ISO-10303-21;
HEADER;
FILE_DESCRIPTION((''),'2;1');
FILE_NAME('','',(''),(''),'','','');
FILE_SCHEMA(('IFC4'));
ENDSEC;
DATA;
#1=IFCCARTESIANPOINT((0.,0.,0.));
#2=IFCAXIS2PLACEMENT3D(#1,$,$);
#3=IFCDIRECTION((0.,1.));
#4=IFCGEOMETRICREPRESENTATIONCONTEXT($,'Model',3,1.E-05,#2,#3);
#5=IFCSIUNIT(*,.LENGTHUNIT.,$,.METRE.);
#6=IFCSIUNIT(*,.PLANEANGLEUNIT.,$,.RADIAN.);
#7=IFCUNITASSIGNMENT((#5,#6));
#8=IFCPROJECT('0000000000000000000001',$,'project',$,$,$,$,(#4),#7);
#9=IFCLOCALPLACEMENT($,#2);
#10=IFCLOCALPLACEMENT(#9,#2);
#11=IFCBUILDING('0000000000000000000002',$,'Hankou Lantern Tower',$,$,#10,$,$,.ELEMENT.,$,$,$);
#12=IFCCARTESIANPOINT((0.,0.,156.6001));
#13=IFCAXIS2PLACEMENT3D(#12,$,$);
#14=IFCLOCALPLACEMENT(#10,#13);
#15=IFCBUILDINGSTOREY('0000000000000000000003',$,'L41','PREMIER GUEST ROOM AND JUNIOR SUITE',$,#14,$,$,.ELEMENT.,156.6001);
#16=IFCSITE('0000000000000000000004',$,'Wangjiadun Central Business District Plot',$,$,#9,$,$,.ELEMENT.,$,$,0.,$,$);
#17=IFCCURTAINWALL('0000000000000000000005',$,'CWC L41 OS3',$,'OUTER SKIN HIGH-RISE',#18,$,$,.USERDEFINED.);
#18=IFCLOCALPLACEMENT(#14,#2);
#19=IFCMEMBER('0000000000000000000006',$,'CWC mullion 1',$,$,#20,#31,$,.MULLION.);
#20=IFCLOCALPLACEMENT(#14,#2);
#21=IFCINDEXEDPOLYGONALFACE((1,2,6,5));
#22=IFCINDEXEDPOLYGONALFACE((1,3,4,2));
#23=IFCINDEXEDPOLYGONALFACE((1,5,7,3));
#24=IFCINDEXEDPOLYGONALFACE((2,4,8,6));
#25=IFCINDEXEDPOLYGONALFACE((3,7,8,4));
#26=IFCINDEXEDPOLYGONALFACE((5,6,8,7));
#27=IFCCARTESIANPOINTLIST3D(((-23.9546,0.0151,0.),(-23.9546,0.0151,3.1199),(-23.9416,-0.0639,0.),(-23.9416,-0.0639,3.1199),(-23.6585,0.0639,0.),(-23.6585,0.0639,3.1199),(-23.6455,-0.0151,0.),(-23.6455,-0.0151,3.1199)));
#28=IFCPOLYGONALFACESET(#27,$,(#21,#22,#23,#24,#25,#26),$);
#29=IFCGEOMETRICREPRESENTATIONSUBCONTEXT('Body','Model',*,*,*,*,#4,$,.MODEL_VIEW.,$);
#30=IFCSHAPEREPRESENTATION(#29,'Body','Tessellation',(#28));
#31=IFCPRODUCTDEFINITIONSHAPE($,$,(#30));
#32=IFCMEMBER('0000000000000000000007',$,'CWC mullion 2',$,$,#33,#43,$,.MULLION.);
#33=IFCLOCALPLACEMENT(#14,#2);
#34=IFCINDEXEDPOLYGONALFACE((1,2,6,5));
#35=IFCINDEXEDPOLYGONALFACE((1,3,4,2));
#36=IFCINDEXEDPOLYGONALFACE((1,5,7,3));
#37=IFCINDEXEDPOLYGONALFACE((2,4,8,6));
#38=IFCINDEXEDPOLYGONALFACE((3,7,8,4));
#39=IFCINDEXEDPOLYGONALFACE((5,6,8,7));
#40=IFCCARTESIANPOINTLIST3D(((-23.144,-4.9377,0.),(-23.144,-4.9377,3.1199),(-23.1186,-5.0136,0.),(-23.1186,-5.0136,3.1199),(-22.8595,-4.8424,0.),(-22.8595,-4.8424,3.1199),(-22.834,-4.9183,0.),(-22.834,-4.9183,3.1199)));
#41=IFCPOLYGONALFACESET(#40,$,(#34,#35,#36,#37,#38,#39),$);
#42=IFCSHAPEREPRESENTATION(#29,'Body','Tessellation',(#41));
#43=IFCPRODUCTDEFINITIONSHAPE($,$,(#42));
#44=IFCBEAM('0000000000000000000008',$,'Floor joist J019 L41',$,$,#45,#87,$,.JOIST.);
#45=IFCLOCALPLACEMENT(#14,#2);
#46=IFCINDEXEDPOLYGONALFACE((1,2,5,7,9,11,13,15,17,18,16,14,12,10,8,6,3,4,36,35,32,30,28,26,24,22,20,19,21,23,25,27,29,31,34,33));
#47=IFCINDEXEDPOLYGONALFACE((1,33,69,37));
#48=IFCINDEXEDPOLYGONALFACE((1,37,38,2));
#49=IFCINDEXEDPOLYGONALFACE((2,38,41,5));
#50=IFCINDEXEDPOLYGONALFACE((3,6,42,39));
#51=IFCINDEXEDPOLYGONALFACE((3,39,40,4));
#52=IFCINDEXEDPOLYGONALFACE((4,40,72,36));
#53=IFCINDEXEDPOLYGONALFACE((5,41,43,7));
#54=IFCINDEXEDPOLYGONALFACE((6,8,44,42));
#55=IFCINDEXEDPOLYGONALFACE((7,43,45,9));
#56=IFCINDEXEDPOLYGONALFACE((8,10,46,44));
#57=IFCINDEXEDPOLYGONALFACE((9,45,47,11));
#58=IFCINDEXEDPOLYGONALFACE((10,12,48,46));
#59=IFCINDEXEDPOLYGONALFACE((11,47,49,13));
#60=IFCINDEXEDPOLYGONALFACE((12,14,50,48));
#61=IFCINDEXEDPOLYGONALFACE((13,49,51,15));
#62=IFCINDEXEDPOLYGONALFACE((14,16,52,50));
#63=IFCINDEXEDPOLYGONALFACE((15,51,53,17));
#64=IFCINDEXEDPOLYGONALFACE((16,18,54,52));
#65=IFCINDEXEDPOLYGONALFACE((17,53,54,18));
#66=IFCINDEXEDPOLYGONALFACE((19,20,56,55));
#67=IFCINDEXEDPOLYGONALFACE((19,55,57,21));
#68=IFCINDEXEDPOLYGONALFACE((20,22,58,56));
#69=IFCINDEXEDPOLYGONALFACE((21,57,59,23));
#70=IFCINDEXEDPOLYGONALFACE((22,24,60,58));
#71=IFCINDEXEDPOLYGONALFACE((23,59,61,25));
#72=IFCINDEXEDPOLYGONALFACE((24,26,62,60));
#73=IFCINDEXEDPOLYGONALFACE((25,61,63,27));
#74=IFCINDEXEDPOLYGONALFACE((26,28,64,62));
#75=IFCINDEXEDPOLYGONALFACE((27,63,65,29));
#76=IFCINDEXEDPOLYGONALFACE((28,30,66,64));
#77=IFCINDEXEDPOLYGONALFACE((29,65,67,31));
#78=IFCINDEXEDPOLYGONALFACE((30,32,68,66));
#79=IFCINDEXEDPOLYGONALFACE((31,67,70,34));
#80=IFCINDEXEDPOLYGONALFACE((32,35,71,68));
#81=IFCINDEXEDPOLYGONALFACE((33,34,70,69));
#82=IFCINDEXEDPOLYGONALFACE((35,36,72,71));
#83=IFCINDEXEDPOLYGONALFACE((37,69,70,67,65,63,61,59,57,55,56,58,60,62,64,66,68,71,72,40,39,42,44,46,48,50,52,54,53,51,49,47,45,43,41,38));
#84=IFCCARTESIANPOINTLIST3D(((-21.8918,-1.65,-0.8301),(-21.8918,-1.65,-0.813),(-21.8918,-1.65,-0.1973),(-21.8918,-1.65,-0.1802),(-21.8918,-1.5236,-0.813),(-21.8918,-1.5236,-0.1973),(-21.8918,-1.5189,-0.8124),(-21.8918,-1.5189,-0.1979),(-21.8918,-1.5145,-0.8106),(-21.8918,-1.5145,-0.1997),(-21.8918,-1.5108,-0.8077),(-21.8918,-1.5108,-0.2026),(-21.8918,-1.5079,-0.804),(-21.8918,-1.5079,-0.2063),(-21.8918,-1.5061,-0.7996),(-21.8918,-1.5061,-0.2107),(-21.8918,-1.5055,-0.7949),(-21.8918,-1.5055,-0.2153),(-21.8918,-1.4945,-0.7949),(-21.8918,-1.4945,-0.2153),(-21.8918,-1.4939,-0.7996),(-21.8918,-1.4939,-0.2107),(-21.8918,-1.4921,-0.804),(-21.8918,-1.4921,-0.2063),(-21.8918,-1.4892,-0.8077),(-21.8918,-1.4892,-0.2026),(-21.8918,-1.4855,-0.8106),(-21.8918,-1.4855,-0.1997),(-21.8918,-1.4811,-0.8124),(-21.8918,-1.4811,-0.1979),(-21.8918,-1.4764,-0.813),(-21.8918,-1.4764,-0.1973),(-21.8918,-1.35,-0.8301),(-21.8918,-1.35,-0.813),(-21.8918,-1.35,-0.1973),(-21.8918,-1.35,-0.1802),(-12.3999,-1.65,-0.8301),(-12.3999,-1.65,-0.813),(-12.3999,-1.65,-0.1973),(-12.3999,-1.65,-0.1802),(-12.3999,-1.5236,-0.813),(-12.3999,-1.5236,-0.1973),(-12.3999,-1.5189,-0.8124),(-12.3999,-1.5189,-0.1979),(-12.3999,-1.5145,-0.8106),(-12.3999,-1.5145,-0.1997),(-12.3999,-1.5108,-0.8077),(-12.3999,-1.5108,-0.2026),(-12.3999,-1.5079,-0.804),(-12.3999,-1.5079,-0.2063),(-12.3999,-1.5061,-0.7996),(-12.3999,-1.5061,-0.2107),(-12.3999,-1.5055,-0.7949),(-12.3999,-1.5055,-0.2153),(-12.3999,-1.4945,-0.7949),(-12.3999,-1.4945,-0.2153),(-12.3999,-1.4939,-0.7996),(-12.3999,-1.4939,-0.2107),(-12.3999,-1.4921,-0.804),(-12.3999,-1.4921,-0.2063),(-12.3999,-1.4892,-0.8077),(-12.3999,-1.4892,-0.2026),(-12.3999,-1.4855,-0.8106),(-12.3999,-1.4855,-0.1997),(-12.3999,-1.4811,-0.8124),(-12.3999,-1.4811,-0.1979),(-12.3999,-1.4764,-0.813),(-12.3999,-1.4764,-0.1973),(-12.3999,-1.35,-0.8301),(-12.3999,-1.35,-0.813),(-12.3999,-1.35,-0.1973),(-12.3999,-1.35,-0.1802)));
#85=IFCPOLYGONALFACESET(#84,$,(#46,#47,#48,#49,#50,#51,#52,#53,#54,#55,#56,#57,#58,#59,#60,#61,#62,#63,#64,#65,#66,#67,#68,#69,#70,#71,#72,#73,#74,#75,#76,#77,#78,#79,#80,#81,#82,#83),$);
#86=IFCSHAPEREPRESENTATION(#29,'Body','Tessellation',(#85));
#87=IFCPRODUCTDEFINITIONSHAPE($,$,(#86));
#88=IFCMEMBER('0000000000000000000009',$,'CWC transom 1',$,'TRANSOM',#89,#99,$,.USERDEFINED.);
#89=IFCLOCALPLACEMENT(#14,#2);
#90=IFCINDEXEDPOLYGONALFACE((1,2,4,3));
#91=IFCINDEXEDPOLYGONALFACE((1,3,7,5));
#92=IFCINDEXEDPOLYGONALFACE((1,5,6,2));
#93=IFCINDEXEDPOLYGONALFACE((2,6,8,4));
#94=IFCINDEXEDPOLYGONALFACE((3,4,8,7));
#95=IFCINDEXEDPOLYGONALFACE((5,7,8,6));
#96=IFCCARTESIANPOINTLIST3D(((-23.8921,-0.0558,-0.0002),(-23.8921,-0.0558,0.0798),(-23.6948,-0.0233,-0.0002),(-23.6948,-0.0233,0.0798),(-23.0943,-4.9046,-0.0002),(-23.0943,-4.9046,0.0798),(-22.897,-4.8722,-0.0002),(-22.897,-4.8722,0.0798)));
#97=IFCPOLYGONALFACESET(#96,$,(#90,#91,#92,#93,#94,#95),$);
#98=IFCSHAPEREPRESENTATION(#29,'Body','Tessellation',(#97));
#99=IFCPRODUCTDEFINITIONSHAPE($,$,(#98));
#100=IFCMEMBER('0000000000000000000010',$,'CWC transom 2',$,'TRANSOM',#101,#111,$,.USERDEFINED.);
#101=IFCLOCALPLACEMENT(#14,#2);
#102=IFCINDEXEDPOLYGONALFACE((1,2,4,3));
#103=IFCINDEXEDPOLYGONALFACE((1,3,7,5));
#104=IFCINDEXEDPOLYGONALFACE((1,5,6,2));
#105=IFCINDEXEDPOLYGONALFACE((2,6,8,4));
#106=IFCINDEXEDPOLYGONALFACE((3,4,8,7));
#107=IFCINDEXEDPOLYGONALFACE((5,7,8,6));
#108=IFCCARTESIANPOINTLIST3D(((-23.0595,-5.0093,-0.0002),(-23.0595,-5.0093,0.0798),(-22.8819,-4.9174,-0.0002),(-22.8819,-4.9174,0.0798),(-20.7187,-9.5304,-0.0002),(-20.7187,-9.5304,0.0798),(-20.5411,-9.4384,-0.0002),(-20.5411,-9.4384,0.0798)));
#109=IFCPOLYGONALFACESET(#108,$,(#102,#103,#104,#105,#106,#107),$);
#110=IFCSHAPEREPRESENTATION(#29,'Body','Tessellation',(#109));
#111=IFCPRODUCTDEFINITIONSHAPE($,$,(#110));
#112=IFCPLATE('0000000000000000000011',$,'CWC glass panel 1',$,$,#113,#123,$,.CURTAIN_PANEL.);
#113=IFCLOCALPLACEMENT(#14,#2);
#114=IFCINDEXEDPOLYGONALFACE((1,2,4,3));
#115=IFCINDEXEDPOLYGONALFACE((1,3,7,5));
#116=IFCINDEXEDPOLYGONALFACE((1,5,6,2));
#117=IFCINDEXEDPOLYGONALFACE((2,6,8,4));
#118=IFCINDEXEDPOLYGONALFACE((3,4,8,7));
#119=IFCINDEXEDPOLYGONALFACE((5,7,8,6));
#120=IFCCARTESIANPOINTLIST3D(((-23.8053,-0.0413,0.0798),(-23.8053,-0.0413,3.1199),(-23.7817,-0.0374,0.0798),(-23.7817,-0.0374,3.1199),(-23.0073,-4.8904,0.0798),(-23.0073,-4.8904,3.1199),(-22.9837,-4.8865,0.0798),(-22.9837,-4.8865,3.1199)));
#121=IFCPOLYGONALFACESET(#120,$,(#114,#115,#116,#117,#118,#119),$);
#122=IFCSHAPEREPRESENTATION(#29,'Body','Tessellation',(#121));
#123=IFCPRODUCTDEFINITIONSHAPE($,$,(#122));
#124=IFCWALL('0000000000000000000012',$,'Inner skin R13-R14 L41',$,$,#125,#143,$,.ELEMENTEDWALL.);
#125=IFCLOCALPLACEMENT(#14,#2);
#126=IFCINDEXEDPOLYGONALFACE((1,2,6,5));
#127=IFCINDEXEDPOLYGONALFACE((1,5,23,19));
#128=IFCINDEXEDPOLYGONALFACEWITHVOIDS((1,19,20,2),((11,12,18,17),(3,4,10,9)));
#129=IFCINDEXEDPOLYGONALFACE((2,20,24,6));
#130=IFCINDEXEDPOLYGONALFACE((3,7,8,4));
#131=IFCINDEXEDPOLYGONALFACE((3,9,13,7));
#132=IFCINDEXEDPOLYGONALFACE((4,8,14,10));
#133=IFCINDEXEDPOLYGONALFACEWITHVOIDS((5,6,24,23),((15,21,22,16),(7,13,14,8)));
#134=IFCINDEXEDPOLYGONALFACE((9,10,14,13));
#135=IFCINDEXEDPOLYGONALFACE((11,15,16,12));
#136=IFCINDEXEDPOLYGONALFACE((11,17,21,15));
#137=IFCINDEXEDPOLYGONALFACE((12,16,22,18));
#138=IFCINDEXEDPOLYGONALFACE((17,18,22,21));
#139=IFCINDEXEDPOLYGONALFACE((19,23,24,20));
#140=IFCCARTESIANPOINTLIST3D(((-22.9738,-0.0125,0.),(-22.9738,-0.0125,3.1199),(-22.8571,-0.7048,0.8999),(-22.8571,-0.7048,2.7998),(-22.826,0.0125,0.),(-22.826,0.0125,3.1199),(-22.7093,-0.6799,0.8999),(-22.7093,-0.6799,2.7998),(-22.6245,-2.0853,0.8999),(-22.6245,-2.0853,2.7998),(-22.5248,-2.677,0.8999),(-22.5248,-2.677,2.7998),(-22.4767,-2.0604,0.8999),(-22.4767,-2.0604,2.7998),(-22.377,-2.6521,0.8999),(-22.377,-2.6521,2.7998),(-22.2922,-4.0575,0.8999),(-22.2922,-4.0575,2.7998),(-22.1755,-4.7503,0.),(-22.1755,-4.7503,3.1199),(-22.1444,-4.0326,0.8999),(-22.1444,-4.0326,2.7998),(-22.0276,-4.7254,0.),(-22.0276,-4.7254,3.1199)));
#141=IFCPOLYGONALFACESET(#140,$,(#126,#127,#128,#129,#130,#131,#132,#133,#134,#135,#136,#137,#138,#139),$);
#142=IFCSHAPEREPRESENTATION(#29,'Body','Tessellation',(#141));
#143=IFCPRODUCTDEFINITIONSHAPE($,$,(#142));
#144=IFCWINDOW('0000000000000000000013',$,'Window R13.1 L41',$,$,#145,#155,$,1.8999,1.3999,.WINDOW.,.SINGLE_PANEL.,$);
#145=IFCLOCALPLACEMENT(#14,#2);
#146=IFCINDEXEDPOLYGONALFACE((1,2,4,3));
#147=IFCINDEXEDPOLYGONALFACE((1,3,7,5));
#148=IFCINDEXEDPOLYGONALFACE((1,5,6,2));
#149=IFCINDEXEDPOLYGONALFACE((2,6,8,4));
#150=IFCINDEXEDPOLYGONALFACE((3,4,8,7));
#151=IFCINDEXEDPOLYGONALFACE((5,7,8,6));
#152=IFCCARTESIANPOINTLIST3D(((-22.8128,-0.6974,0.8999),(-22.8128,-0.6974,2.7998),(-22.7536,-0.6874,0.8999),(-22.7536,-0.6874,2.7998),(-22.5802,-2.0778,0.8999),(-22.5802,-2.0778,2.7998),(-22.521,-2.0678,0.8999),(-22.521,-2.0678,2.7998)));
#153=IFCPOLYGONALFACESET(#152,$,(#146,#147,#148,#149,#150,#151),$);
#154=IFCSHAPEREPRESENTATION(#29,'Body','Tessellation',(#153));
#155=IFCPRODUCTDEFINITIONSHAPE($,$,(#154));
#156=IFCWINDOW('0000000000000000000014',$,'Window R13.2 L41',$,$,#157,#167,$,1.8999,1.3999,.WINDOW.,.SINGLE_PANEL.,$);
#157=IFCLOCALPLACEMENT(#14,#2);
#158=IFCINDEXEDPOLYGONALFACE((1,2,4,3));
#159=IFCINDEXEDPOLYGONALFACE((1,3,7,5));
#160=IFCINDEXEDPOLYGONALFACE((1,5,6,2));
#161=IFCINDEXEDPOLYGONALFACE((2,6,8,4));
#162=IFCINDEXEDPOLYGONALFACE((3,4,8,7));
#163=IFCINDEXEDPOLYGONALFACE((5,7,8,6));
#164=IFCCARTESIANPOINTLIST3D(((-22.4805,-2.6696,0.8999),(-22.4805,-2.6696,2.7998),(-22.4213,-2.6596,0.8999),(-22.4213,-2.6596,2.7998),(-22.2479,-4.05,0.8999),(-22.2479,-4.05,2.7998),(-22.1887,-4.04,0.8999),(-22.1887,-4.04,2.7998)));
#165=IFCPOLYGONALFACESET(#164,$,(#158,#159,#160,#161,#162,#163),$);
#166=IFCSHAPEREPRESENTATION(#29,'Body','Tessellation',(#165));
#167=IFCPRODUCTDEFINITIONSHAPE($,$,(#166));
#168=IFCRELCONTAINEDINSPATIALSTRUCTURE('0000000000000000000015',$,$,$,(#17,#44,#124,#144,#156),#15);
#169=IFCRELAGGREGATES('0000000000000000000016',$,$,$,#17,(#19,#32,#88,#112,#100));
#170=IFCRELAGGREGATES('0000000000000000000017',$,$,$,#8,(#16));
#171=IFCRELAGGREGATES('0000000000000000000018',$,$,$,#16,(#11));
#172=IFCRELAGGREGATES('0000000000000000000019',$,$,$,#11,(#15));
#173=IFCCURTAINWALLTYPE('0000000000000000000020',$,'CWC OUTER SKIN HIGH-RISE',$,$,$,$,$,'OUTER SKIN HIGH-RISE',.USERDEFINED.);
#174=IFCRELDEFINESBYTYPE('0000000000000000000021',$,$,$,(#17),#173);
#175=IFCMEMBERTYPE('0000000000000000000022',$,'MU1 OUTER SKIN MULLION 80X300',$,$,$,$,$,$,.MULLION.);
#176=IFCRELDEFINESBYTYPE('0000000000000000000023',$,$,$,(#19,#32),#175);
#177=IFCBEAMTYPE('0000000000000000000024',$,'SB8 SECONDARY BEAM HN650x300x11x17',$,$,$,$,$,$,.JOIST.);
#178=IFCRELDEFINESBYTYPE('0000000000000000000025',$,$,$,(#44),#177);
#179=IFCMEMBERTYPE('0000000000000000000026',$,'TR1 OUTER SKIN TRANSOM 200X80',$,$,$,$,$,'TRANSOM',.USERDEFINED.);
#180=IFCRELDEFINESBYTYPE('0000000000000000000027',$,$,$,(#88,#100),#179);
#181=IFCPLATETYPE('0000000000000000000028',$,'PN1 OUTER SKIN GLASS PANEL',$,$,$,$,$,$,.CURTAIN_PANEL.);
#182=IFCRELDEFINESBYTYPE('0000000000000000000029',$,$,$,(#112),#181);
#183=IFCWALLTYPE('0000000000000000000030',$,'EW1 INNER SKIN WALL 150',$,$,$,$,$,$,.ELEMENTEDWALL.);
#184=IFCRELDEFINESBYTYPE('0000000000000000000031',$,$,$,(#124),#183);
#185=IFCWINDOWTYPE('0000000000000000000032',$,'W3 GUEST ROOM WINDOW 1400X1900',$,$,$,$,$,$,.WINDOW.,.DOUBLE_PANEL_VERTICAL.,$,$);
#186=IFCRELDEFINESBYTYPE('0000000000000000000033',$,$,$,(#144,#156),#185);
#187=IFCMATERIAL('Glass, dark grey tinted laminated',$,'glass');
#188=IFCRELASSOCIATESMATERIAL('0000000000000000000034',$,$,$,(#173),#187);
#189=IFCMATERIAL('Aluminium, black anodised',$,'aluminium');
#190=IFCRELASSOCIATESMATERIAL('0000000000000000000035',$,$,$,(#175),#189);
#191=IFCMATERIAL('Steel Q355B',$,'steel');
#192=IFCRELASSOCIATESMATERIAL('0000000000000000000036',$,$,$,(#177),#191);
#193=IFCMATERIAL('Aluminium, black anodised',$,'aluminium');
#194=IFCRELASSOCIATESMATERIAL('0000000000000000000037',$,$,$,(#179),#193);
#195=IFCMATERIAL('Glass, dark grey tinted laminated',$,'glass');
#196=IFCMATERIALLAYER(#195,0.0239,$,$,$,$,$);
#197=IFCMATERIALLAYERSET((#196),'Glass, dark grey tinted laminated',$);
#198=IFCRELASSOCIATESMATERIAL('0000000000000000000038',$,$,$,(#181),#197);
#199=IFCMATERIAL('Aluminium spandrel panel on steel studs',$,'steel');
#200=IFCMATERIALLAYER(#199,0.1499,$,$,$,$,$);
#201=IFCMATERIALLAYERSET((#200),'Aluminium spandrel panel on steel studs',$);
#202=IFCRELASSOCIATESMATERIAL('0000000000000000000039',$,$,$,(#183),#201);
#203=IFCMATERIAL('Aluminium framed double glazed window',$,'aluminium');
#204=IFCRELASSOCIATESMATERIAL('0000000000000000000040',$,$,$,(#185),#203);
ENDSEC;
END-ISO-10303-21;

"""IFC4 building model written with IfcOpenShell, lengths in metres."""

from ifc_helpers import new_model, si_unit, direction, frame, frame_2d, origin, origin_2d, place, context, subcontext, project, spatial, rectangle, i_section, extrude, material, layer, layer_set, material_profile, profile_set, type_object, element, fill, aggregate, save


model = new_model("IFC4")

# Units and contexts
model_context = context("Model", 3, precision=1e-05, world=origin(), true_north=direction((0.0, 1.0)))
body_context = subcontext(model_context, "Body", "Model", "MODEL_VIEW")
ifc_project = project(units=[si_unit("LENGTHUNIT", "METRE"), si_unit("PLANEANGLEUNIT", "RADIAN")], contexts=[model_context])

# Site, building, storey
site_placement = place(None, origin())
site = spatial("IfcSite", under=ifc_project, at=site_placement, Name="Wangjiadun Central Business District Plot", CompositionType="ELEMENT", RefElevation=0.0)
building_placement = place(site_placement, origin())
building = spatial("IfcBuilding", under=site, at=building_placement, Name="Hankou Lantern Tower", CompositionType="ELEMENT")
storey_placement = place(building_placement, frame((0.0, 0.0, 156.6001)))
storey = spatial("IfcBuildingStorey", under=building, at=storey_placement, Name="L41", Description="PREMIER GUEST ROOM AND JUNIOR SUITE", CompositionType="ELEMENT", Elevation=156.6001)

# Curtain wall, members
ifc_material_1 = material(Name="Glass, dark grey tinted laminated", Category="glass")
curtain_wall_type = type_object("IfcCurtainWallType", Name="CWC OUTER SKIN HIGH-RISE", ElementType="OUTER SKIN HIGH-RISE", PredefinedType="USERDEFINED", material=ifc_material_1)
curtain_wall_placement = place(storey_placement, origin())
curtain_wall = element("IfcCurtainWall", 1, at=curtain_wall_placement, inside=storey, type_object=curtain_wall_type, Name="CWC L41 OS3", ObjectType="OUTER SKIN HIGH-RISE", PredefinedType="USERDEFINED")
ifc_material_2 = material(Name="Aluminium, black anodised", Category="aluminium")
ifc_material_profile_1 = material_profile(ifc_material_2, rectangle(XDim=0.0801, YDim=0.3, at=origin_2d()), Name="MU1 80X300")
ifc_profile_set_1 = profile_set([ifc_material_profile_1], Name="Aluminium, black anodised")
member_type_1 = type_object("IfcMemberType", Name="MU1 OUTER SKIN MULLION 80X300", PredefinedType="MULLION", material=ifc_profile_set_1)
member_1_placement = place(storey_placement, frame((-23.8, 0.0, 0.0), z_axis=(0.0, 0.0, 1.0), x_axis=(0.162382, -0.986728, 0.0)))
member_1 = element("IfcMember", 2, at=member_1_placement, type_object=member_type_1, Name="CWC mullion 1", PredefinedType="MULLION", context=body_context, shape_type="SweptSolid", body=[
    extrude(rectangle(XDim=0.0801, YDim=0.3, at=origin_2d()), origin(), (0.0, 0.0, 1.0), 3.1199),
])
member_2_placement = place(storey_placement, frame((-22.989, -4.928, 0.0), z_axis=(0.0, 0.0, 1.0), x_axis=(0.317596, -0.948226, 0.0)))
member_2 = element("IfcMember", 3, at=member_2_placement, type_object=member_type_1, Name="CWC mullion 2", PredefinedType="MULLION", context=body_context, shape_type="SweptSolid", body=[
    extrude(rectangle(XDim=0.0801, YDim=0.3, at=origin_2d()), origin(), (0.0, 0.0, 1.0), 3.1199),
])

# Beam
ifc_material_3 = material(Name="Steel Q355B", Category="steel")
ifc_material_profile_2 = material_profile(ifc_material_3, i_section(OverallWidth=0.3, OverallDepth=0.6499, WebThickness=0.011, FlangeThickness=0.0171, FilletRadius=0.0181, at=origin_2d()), Name="HN650x300x11x17")
ifc_profile_set_2 = profile_set([ifc_material_profile_2], Name="Steel Q355B")
beam_type_1 = type_object("IfcBeamType", Name="SB8 SECONDARY BEAM HN650x300x11x17", PredefinedType="JOIST", material=ifc_profile_set_2)
beam_1_placement = place(storey_placement, frame((-21.8918, -1.5, -0.5051), z_axis=(1.0, 0.0, 0.0), x_axis=(0.0, 1.0, 0.0)))
element("IfcBeam", 4, at=beam_1_placement, inside=storey, type_object=beam_type_1, Name="Floor joist J019 L41", PredefinedType="JOIST", context=body_context, shape_type="SweptSolid", body=[
    extrude(i_section(OverallWidth=0.3, OverallDepth=0.6499, WebThickness=0.011, FlangeThickness=0.0171, FilletRadius=0.0181, at=origin_2d()), origin(), (0.0, 0.0, 1.0), 9.4919),
])

# Members
ifc_material_4 = material(Name="Aluminium, black anodised", Category="aluminium")
ifc_material_profile_3 = material_profile(ifc_material_4, rectangle(XDim=0.2, YDim=0.0801, at=origin_2d()), Name="TR1 200X80")
ifc_profile_set_3 = profile_set([ifc_material_profile_3], Name="Aluminium, black anodised")
member_type_2 = type_object("IfcMemberType", Name="TR1 OUTER SKIN TRANSOM 200X80", ElementType="TRANSOM", PredefinedType="USERDEFINED", material=ifc_profile_set_3)
member_3_placement = place(storey_placement, frame((-23.7935, -0.0396, 0.0398), z_axis=(0.16236, -0.986732, 0.0), x_axis=(0.986732, 0.16236, 0.0)))
member_3 = element("IfcMember", 5, at=member_3_placement, type_object=member_type_2, Name="CWC transom 1", ObjectType="TRANSOM", PredefinedType="USERDEFINED", context=body_context, shape_type="SweptSolid", body=[
    extrude(rectangle(XDim=0.2, YDim=0.0801, at=origin_2d()), origin(), (0.0, 0.0, 1.0), 4.9141),
])
member_4_placement = place(storey_placement, frame((-22.9707, -4.9634, 0.0398), z_axis=(0.459791, -0.888027, 0.0), x_axis=(0.888027, 0.459791, 0.0)))
member_4 = element("IfcMember", 6, at=member_4_placement, type_object=member_type_2, Name="CWC transom 2", ObjectType="TRANSOM", PredefinedType="USERDEFINED", context=body_context, shape_type="SweptSolid", body=[
    extrude(rectangle(XDim=0.2, YDim=0.0801, at=origin_2d()), origin(), (0.0, 0.0, 1.0), 5.0911),
])

# Plate
ifc_material_5 = material(Name="Glass, dark grey tinted laminated", Category="glass")
ifc_layer_1 = layer(ifc_material_5, 0.0239)
ifc_layer_set_1 = layer_set([ifc_layer_1], Name="Glass, dark grey tinted laminated")
plate_type = type_object("IfcPlateType", Name="PN1 OUTER SKIN GLASS PANEL", PredefinedType="CURTAIN_PANEL", material=ifc_layer_set_1)
plate_placement = place(storey_placement, frame((-23.3945, -2.4639, 0.0798), z_axis=(0.0, 0.0, 1.0), x_axis=(0.162382, -0.986728, 0.0)))
plate = element("IfcPlate", 7, at=plate_placement, type_object=plate_type, Name="CWC glass panel 1", PredefinedType="CURTAIN_PANEL", context=body_context, shape_type="SweptSolid", body=[
    extrude(rectangle(XDim=4.9143, YDim=0.0239, at=origin_2d()), origin(), (0.0, 0.0, 1.0), 3.04),
])
aggregate(curtain_wall, [member_1, member_2, member_3, plate, member_4])

# Wall, openings, windows
ifc_material_6 = material(Name="Aluminium spandrel panel on steel studs", Category="steel")
ifc_layer_2 = layer(ifc_material_6, 0.1499)
ifc_layer_set_2 = layer_set([ifc_layer_2], Name="Aluminium spandrel panel on steel studs")
wall_type_1 = type_object("IfcWallType", Name="EW1 INNER SKIN WALL 150", PredefinedType="ELEMENTEDWALL", material=ifc_layer_set_2)
wall_1_placement = place(storey_placement, frame((-22.8999, 0.0, 0.0), z_axis=(0.0, 0.0, 1.0), x_axis=(0.166162, -0.986098, 0.0)))
wall_1 = element("IfcWall", 8, at=wall_1_placement, inside=storey, type_object=wall_type_1, Name="Inner skin R13-R14 L41", PredefinedType="ELEMENTEDWALL", context=body_context, shape_type="SweptSolid", body=[
    extrude(rectangle(XDim=4.8047, YDim=0.1499, at=frame_2d((2.4023, 0.0))), origin(), (0.0, 0.0, 1.0), 3.1199),
])
opening_1_placement = place(wall_1_placement, frame((0.7021, 0.0, 0.8999)))
opening_1 = element("IfcOpeningElement", 9, at=opening_1_placement, cuts=wall_1, PredefinedType="OPENING", context=body_context, shape_type="SweptSolid", body=[
    extrude(rectangle(XDim=1.3999, YDim=1.8999, at=frame_2d((0.7, 0.95))), frame((0.0, 0.085, 0.0), z_axis=(0.0, -1.0, 0.0), x_axis=(1.0, 0.0, 0.0)), (0.0, 0.0, 1.0), 0.1699),
])
opening_2_placement = place(wall_1_placement, frame((2.7021, 0.0, 0.8999)))
opening_2 = element("IfcOpeningElement", 10, at=opening_2_placement, cuts=wall_1, PredefinedType="OPENING", context=body_context, shape_type="SweptSolid", body=[
    extrude(rectangle(XDim=1.3999, YDim=1.8999, at=frame_2d((0.7, 0.95))), frame((0.0, 0.085, 0.0), z_axis=(0.0, -1.0, 0.0), x_axis=(1.0, 0.0, 0.0)), (0.0, 0.0, 1.0), 0.1699),
])
ifc_material_7 = material(Name="Aluminium framed double glazed window", Category="aluminium")
window_type = type_object("IfcWindowType", Name="W3 GUEST ROOM WINDOW 1400X1900", PartitioningType="DOUBLE_PANEL_VERTICAL", PredefinedType="WINDOW", material=ifc_material_7)
window_1_placement = place(opening_1_placement, origin())
window_1 = element("IfcWindow", 11, at=window_1_placement, inside=storey, type_object=window_type, Name="Window R13.1 L41", OverallHeight=1.8999, OverallWidth=1.3999, PartitioningType="SINGLE_PANEL", PredefinedType="WINDOW", context=body_context, shape_type="SweptSolid", body=[
    extrude(rectangle(XDim=1.3999, YDim=1.8999, at=frame_2d((0.7, 0.95))), frame((0.0, 0.03, 0.0), z_axis=(0.0, -1.0, 0.0), x_axis=(1.0, 0.0, 0.0)), (0.0, 0.0, 1.0), 0.0601),
])
fill(opening_1, window_1)
window_2_placement = place(opening_2_placement, origin())
window_2 = element("IfcWindow", 12, at=window_2_placement, inside=storey, type_object=window_type, Name="Window R13.2 L41", OverallHeight=1.8999, OverallWidth=1.3999, PartitioningType="SINGLE_PANEL", PredefinedType="WINDOW", context=body_context, shape_type="SweptSolid", body=[
    extrude(rectangle(XDim=1.3999, YDim=1.8999, at=frame_2d((0.7, 0.95))), frame((0.0, 0.03, 0.0), z_axis=(0.0, -1.0, 0.0), x_axis=(1.0, 0.0, 0.0)), (0.0, 0.0, 1.0), 0.0601),
])
fill(opening_2, window_2)

save(model, "model.ifc")
